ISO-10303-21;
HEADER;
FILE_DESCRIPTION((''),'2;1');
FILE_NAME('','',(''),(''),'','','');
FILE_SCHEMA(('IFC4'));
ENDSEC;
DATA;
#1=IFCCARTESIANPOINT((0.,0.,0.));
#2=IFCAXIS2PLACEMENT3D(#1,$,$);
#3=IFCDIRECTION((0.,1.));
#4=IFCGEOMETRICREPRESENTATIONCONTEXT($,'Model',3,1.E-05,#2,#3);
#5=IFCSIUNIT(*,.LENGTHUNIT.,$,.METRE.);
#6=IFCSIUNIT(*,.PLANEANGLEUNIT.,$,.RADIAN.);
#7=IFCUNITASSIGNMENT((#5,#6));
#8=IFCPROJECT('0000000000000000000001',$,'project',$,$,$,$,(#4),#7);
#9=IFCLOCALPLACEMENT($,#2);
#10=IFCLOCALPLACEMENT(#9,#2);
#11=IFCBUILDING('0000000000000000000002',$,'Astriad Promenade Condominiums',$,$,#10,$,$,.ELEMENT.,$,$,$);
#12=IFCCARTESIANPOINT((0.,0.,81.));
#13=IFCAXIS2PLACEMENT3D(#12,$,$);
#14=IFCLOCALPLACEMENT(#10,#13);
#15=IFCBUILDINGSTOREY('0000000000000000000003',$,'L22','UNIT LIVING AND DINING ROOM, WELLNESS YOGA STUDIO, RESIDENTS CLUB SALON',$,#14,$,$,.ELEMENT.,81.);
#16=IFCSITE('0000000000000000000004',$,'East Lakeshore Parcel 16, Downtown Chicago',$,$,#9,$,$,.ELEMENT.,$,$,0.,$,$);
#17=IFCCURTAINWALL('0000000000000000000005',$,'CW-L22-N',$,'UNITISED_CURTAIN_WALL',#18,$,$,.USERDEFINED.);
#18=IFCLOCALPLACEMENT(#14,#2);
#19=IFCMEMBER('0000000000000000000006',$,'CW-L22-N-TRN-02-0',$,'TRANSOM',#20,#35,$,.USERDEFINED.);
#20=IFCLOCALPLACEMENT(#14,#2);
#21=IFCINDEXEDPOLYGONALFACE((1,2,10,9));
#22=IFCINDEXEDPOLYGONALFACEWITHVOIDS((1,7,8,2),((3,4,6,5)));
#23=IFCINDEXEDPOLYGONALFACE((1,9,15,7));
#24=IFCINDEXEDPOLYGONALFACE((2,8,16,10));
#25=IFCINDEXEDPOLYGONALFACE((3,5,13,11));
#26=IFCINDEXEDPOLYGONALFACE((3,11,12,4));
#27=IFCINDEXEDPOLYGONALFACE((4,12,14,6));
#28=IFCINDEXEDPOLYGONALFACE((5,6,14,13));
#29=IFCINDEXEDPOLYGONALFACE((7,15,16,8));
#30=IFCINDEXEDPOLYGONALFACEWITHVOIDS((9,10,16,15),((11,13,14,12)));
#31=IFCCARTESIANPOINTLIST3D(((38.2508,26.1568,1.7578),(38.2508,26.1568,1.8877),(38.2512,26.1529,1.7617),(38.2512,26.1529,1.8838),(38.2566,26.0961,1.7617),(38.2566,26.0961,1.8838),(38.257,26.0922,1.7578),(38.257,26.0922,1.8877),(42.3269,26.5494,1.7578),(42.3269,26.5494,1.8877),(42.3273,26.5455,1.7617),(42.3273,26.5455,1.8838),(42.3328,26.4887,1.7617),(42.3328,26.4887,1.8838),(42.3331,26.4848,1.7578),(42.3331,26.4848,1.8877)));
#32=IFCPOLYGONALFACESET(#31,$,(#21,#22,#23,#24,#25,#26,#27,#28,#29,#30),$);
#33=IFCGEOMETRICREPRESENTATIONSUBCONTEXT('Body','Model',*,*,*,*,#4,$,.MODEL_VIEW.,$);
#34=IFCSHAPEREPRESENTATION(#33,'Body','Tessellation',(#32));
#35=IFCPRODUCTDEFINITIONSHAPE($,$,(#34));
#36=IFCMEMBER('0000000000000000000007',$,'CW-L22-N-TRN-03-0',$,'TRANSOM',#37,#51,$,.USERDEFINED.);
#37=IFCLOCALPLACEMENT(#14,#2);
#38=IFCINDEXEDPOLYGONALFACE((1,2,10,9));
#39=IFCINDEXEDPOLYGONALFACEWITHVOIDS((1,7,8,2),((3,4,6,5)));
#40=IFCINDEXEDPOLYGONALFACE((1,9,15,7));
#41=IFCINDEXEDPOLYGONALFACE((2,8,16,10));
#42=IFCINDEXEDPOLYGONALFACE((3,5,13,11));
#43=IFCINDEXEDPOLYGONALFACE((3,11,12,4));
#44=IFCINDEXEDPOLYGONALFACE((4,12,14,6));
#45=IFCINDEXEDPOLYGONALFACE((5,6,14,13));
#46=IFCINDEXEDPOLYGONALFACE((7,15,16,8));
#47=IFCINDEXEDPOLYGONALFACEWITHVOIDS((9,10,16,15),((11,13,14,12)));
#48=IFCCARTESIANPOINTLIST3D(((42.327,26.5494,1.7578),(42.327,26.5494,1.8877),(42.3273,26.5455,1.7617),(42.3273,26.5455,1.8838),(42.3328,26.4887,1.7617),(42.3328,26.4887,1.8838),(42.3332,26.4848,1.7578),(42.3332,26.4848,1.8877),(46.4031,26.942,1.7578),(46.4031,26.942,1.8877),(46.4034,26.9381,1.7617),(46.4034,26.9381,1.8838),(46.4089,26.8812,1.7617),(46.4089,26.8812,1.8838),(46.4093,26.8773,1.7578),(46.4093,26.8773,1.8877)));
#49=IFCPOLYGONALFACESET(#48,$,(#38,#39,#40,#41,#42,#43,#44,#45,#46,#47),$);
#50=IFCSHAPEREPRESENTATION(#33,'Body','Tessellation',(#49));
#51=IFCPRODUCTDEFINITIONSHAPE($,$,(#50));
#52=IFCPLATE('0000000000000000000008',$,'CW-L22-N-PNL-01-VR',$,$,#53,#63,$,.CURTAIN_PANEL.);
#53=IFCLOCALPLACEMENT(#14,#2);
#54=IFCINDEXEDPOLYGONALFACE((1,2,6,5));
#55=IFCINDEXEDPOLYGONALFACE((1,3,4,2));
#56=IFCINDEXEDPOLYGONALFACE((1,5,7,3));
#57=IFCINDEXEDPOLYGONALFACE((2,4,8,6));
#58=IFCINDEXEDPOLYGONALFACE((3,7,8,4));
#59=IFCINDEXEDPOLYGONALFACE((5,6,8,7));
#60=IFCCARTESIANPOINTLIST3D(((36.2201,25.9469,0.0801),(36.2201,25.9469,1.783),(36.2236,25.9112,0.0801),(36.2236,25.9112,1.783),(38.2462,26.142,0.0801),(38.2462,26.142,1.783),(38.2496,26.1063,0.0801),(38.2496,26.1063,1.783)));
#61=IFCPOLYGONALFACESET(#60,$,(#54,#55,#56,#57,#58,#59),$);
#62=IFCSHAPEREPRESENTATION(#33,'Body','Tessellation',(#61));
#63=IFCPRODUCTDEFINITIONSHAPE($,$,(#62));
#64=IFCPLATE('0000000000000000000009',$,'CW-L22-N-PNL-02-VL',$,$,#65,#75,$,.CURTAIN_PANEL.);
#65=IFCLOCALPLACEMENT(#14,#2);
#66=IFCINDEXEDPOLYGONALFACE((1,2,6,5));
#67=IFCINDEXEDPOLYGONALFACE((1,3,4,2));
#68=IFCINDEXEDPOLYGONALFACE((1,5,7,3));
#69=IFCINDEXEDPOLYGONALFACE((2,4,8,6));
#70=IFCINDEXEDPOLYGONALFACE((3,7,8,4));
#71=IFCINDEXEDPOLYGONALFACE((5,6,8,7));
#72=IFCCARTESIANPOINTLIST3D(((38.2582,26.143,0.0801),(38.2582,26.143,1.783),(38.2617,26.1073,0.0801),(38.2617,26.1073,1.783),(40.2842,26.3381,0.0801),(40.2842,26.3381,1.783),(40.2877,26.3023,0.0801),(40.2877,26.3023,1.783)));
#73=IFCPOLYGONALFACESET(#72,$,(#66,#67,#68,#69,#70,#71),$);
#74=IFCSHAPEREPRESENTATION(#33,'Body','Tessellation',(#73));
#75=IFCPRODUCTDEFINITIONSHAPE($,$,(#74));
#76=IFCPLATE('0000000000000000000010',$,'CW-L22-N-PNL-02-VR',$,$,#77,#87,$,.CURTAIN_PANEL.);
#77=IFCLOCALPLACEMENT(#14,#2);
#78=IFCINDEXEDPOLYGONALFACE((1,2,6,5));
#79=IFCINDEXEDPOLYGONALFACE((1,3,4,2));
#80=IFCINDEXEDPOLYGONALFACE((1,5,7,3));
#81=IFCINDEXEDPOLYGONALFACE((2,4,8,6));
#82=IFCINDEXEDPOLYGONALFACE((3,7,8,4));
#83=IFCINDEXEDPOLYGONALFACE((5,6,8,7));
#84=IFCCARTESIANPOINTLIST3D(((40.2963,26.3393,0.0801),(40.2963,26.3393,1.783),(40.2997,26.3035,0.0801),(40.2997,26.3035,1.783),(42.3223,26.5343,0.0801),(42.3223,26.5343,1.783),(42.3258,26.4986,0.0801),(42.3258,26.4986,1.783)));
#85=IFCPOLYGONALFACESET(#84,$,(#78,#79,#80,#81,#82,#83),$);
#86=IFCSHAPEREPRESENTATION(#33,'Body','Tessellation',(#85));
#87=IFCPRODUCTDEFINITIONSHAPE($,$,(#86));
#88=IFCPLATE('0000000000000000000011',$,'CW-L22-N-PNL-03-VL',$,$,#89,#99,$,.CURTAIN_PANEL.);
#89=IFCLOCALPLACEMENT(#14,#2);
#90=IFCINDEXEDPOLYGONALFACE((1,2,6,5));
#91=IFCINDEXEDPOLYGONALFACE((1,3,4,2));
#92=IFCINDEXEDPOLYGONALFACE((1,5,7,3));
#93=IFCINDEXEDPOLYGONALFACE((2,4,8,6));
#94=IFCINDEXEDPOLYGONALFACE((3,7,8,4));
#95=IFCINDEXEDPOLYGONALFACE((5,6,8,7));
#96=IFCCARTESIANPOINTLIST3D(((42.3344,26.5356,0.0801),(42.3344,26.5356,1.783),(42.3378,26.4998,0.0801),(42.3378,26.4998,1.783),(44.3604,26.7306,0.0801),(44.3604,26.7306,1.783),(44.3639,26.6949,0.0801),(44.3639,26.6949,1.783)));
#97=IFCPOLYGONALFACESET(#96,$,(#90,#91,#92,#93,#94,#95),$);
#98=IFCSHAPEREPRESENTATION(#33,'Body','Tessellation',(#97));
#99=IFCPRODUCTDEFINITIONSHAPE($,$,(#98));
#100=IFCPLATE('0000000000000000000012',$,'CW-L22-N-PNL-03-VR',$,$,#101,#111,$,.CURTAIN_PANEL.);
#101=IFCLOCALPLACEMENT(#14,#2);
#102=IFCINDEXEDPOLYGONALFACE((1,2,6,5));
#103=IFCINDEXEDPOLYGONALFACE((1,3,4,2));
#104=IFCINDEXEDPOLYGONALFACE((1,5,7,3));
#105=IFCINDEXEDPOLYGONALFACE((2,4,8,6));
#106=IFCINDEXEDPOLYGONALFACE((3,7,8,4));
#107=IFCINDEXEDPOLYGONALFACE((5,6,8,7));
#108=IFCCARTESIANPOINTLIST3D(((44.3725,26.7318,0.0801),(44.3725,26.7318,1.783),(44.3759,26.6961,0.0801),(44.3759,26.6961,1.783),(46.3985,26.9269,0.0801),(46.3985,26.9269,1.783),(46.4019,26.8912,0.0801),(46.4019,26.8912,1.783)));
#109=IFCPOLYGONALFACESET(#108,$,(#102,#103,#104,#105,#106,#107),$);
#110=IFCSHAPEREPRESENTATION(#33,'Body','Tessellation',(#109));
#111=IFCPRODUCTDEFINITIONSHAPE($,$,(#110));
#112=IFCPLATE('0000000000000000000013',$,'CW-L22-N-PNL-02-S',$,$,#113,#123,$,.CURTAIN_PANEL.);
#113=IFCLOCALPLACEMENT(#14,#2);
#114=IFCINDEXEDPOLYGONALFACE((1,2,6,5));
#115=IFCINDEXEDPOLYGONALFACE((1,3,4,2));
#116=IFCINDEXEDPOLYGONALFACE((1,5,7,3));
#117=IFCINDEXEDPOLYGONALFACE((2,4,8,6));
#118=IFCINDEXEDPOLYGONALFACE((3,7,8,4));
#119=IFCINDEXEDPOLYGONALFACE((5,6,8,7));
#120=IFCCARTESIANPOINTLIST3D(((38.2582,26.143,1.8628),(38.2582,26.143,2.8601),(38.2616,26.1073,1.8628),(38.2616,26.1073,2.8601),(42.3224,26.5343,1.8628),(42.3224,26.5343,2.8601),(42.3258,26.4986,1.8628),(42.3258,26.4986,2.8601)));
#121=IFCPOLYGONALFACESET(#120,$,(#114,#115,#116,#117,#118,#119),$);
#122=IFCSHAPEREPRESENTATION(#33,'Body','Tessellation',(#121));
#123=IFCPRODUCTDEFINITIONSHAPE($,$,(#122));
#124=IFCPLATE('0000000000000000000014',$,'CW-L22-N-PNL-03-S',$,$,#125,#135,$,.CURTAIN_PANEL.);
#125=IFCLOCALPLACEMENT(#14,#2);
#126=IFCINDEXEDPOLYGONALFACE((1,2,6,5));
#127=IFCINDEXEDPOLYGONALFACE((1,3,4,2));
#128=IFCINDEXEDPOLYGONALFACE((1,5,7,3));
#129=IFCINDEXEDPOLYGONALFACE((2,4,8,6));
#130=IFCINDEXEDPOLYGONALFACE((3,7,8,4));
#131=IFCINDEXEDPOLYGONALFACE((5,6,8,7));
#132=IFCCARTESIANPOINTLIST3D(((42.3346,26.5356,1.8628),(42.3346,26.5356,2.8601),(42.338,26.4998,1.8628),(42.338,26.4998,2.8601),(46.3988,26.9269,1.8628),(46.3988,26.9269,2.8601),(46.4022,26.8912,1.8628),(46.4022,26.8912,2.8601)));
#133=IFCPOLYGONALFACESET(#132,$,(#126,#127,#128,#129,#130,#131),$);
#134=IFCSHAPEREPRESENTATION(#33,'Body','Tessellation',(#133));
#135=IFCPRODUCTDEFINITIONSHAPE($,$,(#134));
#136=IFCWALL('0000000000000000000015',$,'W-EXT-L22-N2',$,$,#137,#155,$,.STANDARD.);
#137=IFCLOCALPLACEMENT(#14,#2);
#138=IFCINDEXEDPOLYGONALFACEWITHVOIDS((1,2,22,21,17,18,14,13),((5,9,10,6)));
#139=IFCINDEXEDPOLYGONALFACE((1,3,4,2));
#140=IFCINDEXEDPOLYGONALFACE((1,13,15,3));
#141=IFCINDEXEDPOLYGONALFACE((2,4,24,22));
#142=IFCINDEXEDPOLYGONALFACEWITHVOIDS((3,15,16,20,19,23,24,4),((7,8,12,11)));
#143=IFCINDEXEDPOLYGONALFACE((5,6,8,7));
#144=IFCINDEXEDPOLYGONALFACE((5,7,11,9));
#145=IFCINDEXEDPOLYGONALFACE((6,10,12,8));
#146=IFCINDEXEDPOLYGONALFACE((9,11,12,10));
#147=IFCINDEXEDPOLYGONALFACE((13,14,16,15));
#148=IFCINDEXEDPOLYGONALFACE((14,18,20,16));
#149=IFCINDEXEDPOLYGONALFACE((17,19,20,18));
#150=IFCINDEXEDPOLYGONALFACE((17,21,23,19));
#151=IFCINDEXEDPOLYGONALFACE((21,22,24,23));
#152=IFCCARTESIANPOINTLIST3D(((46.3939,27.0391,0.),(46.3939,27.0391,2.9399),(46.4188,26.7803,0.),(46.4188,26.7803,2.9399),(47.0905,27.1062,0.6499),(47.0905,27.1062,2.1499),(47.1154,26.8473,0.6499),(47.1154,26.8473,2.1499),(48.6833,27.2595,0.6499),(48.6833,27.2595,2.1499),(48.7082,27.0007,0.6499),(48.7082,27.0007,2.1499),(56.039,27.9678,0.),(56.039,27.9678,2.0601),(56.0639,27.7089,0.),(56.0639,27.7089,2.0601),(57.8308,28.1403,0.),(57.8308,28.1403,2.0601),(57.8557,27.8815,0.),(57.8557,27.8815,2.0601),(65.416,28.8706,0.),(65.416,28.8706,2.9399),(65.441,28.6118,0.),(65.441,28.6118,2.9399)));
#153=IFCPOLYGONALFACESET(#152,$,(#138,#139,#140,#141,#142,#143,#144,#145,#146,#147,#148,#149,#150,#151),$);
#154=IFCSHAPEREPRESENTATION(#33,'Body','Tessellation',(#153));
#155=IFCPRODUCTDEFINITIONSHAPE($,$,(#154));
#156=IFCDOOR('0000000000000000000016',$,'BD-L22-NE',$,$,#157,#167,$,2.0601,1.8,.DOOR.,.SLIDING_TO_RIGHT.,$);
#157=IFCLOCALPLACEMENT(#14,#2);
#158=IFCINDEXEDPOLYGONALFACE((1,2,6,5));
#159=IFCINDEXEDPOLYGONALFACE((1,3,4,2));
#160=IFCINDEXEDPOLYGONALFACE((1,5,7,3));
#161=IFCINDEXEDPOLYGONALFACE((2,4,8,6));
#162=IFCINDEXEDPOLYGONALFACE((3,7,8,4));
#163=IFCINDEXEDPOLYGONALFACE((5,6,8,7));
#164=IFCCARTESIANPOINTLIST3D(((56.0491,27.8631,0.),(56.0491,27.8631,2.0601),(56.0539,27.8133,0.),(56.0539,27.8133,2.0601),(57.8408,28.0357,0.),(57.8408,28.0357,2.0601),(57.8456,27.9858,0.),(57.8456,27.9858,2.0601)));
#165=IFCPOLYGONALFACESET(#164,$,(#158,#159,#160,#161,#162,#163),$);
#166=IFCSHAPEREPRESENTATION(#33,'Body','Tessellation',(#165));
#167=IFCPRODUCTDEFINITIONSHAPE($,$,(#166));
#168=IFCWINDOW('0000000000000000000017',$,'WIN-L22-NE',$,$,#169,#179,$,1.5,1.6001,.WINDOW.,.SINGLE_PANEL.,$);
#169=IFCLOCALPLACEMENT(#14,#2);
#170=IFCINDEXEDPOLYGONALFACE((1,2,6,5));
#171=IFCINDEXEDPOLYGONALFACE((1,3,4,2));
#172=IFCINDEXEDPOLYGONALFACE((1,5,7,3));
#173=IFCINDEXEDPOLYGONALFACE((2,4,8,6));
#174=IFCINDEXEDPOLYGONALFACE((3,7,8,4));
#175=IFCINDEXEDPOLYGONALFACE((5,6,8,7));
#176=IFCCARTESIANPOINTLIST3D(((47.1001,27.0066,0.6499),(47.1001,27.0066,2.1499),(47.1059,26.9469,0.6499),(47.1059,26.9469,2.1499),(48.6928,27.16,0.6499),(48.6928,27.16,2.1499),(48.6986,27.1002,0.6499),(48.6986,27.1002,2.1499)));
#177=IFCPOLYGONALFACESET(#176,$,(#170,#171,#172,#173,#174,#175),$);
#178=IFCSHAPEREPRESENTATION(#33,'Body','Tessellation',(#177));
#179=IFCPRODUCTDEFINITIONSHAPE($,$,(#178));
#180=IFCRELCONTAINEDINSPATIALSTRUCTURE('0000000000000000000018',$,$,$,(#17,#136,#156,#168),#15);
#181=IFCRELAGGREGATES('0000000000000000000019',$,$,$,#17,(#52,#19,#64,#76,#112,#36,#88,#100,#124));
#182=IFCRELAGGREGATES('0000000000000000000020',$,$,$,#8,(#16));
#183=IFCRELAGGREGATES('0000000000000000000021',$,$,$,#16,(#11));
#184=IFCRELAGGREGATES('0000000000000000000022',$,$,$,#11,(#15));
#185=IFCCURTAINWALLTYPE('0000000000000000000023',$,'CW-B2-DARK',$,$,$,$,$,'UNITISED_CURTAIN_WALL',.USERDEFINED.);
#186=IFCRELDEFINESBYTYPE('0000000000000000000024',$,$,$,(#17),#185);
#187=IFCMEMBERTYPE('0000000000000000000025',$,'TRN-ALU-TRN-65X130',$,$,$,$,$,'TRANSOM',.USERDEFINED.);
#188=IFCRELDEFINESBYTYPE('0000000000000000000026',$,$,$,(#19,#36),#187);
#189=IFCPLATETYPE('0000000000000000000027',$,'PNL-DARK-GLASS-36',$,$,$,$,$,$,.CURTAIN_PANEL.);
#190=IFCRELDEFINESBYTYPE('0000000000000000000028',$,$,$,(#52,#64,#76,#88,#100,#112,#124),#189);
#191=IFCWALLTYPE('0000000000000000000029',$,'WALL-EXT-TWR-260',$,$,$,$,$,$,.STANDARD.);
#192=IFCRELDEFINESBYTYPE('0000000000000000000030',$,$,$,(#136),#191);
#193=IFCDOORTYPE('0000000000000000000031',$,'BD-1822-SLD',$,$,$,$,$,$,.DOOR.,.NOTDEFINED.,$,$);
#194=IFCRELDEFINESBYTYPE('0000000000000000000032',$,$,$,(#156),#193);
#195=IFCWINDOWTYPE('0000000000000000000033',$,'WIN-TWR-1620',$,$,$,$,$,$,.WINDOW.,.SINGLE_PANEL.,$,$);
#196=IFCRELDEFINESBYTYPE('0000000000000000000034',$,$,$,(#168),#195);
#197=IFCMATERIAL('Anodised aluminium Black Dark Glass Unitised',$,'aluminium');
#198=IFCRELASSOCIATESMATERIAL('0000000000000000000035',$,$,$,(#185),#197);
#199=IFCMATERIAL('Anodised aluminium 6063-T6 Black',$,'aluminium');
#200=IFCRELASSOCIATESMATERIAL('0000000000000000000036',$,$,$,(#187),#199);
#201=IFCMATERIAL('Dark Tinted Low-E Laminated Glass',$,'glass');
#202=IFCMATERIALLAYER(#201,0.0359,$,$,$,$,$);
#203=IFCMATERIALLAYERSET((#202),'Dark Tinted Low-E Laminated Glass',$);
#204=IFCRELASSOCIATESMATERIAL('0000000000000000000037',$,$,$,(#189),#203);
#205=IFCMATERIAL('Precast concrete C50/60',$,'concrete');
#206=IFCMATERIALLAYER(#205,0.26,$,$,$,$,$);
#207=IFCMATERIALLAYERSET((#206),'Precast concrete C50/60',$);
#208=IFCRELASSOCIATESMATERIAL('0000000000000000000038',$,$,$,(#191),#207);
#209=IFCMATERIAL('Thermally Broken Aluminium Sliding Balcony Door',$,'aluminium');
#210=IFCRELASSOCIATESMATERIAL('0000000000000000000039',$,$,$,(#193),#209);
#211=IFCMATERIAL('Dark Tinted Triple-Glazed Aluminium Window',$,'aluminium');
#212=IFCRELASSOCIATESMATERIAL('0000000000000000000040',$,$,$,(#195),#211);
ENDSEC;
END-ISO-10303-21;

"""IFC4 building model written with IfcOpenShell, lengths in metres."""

from ifc_helpers import new_model, si_unit, direction, frame, frame_2d, origin, origin_2d, place, context, subcontext, project, spatial, rectangle, hollow_rectangle, extrude, source, transform, mapped, material, layer, layer_set, material_profile, profile_set, type_object, type_shapes, element, fill, aggregate, save


model = new_model("IFC4")

# Units and contexts
model_context = context("Model", 3, precision=1e-05, world=origin(), true_north=direction((0.0, 1.0)))
body_context = subcontext(model_context, "Body", "Model", "MODEL_VIEW")
ifc_project = project(units=[si_unit("LENGTHUNIT", "METRE"), si_unit("PLANEANGLEUNIT", "RADIAN")], contexts=[model_context])

# Site, building, storey
site_placement = place(None, origin())
site = spatial("IfcSite", under=ifc_project, at=site_placement, Name="East Lakeshore Parcel 16, Downtown Chicago", CompositionType="ELEMENT", RefElevation=0.0)
building_placement = place(site_placement, origin())
building = spatial("IfcBuilding", under=site, at=building_placement, Name="Astriad Promenade Condominiums", CompositionType="ELEMENT")
storey_placement = place(building_placement, frame((0.0, 0.0, 81.0)))
storey = spatial("IfcBuildingStorey", under=building, at=storey_placement, Name="L22", Description="UNIT LIVING AND DINING ROOM, WELLNESS YOGA STUDIO, RESIDENTS CLUB SALON", CompositionType="ELEMENT", Elevation=81.0)

# Curtain wall, members, plates
ifc_material_1 = material(Name="Anodised aluminium Black Dark Glass Unitised", Category="aluminium")
curtain_wall_type = type_object("IfcCurtainWallType", Name="CW-B2-DARK", ElementType="UNITISED_CURTAIN_WALL", PredefinedType="USERDEFINED", material=ifc_material_1)
curtain_wall_placement = place(storey_placement, origin())
curtain_wall = element("IfcCurtainWall", 1, at=curtain_wall_placement, inside=storey, type_object=curtain_wall_type, Name="CW-L22-N", ObjectType="UNITISED_CURTAIN_WALL", PredefinedType="USERDEFINED")
ifc_material_2 = material(Name="Anodised aluminium 6063-T6 Black", Category="aluminium")
ifc_material_profile_1 = material_profile(ifc_material_2, hollow_rectangle(XDim=0.0649, YDim=0.1299, WallThickness=0.0039, at=origin_2d()), Name="ALU-TRN-65X130")
ifc_profile_set_1 = profile_set([ifc_material_profile_1], Name="Anodised aluminium 6063-T6 Black")
member_type_1 = type_object("IfcMemberType", Name="TRN-ALU-TRN-65X130", ElementType="TRANSOM", PredefinedType="USERDEFINED", material=ifc_profile_set_1)
shared_shape_1 = source(origin(), body_context, "Body", "SweptSolid", [
    extrude(hollow_rectangle(XDim=0.0649, YDim=0.1299, WallThickness=0.0039, at=origin_2d()), origin(), (0.0, 0.0, 1.0), 4.095),
])
type_shapes(member_type_1, [shared_shape_1])
member_1_placement = place(storey_placement, frame((38.2539, 26.1245, 1.8228), z_axis=(0.995394, 0.095867, 0.0), x_axis=(-0.095867, 0.995394, 0.0)))
member_1 = element("IfcMember", 2, at=member_1_placement, type_object=member_type_1, Name="CW-L22-N-TRN-02-0", ObjectType="TRANSOM", PredefinedType="USERDEFINED", context=body_context, shape_type="MappedRepresentation", body=[
    mapped(shared_shape_1, transform((0.0, 0.0, 0.0), scale=1.0)),
])
member_2_placement = place(storey_placement, frame((42.3301, 26.5171, 1.8228), z_axis=(0.995394, 0.095867, 0.0), x_axis=(-0.095867, 0.995394, 0.0)))
member_2 = element("IfcMember", 3, at=member_2_placement, type_object=member_type_1, Name="CW-L22-N-TRN-03-0", ObjectType="TRANSOM", PredefinedType="USERDEFINED", context=body_context, shape_type="MappedRepresentation", body=[
    mapped(shared_shape_1, transform((0.0, 0.0, 0.0), scale=1.0)),
])
ifc_material_3 = material(Name="Dark Tinted Low-E Laminated Glass", Category="glass")
ifc_layer_1 = layer(ifc_material_3, 0.0359)
ifc_layer_set_1 = layer_set([ifc_layer_1], Name="Dark Tinted Low-E Laminated Glass")
plate_type = type_object("IfcPlateType", Name="PNL-DARK-GLASS-36", PredefinedType="CURTAIN_PANEL", material=ifc_layer_set_1)
shared_shape_2 = source(origin(), body_context, "Body", "SweptSolid", [
    extrude(rectangle(XDim=2.0354, YDim=0.0359, at=origin_2d()), origin(), (0.0, 0.0, 1.0), 1.7029),
])
plate_1_placement = place(storey_placement, frame((37.2349, 26.0266, 0.0801), z_axis=(0.0, 0.0, 1.0), x_axis=(0.995396, 0.095846, 0.0)))
plate_1 = element("IfcPlate", 4, at=plate_1_placement, type_object=plate_type, Name="CW-L22-N-PNL-01-VR", PredefinedType="CURTAIN_PANEL", context=body_context, shape_type="MappedRepresentation", body=[
    mapped(shared_shape_2, transform((0.0, 0.0, 0.0), scale=1.0)),
])
plate_2_placement = place(storey_placement, frame((39.2729, 26.2227, 0.0801), z_axis=(0.0, 0.0, 1.0), x_axis=(0.995396, 0.095846, 0.0)))
plate_2 = element("IfcPlate", 5, at=plate_2_placement, type_object=plate_type, Name="CW-L22-N-PNL-02-VL", PredefinedType="CURTAIN_PANEL", context=body_context, shape_type="MappedRepresentation", body=[
    mapped(shared_shape_2, transform((0.0, 0.0, 0.0), scale=1.0)),
])
plate_3_placement = place(storey_placement, frame((41.311, 26.4189, 0.0801), z_axis=(0.0, 0.0, 1.0), x_axis=(0.995396, 0.095846, 0.0)))
plate_3 = element("IfcPlate", 6, at=plate_3_placement, type_object=plate_type, Name="CW-L22-N-PNL-02-VR", PredefinedType="CURTAIN_PANEL", context=body_context, shape_type="MappedRepresentation", body=[
    mapped(shared_shape_2, transform((0.0, 0.0, 0.0), scale=1.0)),
])
plate_4_placement = place(storey_placement, frame((43.3491, 26.6152, 0.0801), z_axis=(0.0, 0.0, 1.0), x_axis=(0.995396, 0.095846, 0.0)))
plate_4 = element("IfcPlate", 7, at=plate_4_placement, type_object=plate_type, Name="CW-L22-N-PNL-03-VL", PredefinedType="CURTAIN_PANEL", context=body_context, shape_type="MappedRepresentation", body=[
    mapped(shared_shape_2, transform((0.0, 0.0, 0.0), scale=1.0)),
])
plate_5_placement = place(storey_placement, frame((45.3872, 26.8115, 0.0801), z_axis=(0.0, 0.0, 1.0), x_axis=(0.995396, 0.095846, 0.0)))
plate_5 = element("IfcPlate", 8, at=plate_5_placement, type_object=plate_type, Name="CW-L22-N-PNL-03-VR", PredefinedType="CURTAIN_PANEL", context=body_context, shape_type="MappedRepresentation", body=[
    mapped(shared_shape_2, transform((0.0, 0.0, 0.0), scale=1.0)),
])
shared_shape_3 = source(origin(), body_context, "Body", "SweptSolid", [
    extrude(rectangle(XDim=4.083, YDim=0.0359, at=origin_2d()), origin(), (0.0, 0.0, 1.0), 0.9973),
])
type_shapes(plate_type, [shared_shape_2, shared_shape_3])
plate_6_placement = place(storey_placement, frame((40.292, 26.3208, 1.8628), z_axis=(0.0, 0.0, 1.0), x_axis=(0.995396, 0.095846, 0.0)))
plate_6 = element("IfcPlate", 9, at=plate_6_placement, type_object=plate_type, Name="CW-L22-N-PNL-02-S", PredefinedType="CURTAIN_PANEL", context=body_context, shape_type="MappedRepresentation", body=[
    mapped(shared_shape_3, transform((0.0, 0.0, 0.0), scale=1.0)),
])
plate_7_placement = place(storey_placement, frame((44.3684, 26.7134, 1.8628), z_axis=(0.0, 0.0, 1.0), x_axis=(0.995396, 0.095846, 0.0)))
plate_7 = element("IfcPlate", 10, at=plate_7_placement, type_object=plate_type, Name="CW-L22-N-PNL-03-S", PredefinedType="CURTAIN_PANEL", context=body_context, shape_type="MappedRepresentation", body=[
    mapped(shared_shape_3, transform((0.0, 0.0, 0.0), scale=1.0)),
])
aggregate(curtain_wall, [plate_1, member_1, plate_2, plate_3, plate_6, member_2, plate_4, plate_5, plate_7])

# Wall, openings, door, window
ifc_material_4 = material(Name="Precast concrete C50/60", Category="concrete")
ifc_layer_2 = layer(ifc_material_4, 0.26)
ifc_layer_set_2 = layer_set([ifc_layer_2], Name="Precast concrete C50/60")
wall_type = type_object("IfcWallType", Name="WALL-EXT-TWR-260", PredefinedType="STANDARD", material=ifc_layer_set_2)
wall_placement = place(storey_placement, frame((46.4062, 26.9097, 0.0), z_axis=(0.0, 0.0, 1.0), x_axis=(0.995397, 0.095841, 0.0)))
wall = element("IfcWall", 11, at=wall_placement, inside=storey, type_object=wall_type, Name="W-EXT-L22-N2", PredefinedType="STANDARD", context=body_context, shape_type="SweptSolid", body=[
    extrude(rectangle(XDim=19.1101, YDim=0.26, at=frame_2d((9.5552, 0.0))), origin(), (0.0, 0.0, 1.0), 2.9399),
])
opening_1_placement = place(wall_placement, frame((9.6899, 0.0, 0.0)))
opening_1 = element("IfcOpeningElement", 12, at=opening_1_placement, cuts=wall, PredefinedType="OPENING", context=body_context, shape_type="SweptSolid", body=[
    extrude(rectangle(XDim=1.8, YDim=2.0601, at=frame_2d((0.8999, 1.03))), frame((0.0, 0.1399, 0.0), z_axis=(0.0, -1.0, 0.0), x_axis=(1.0, 0.0, 0.0)), (0.0, 0.0, 1.0), 0.28),
])
opening_2_placement = place(wall_placement, frame((0.7, 0.0, 0.6499)))
opening_2 = element("IfcOpeningElement", 13, at=opening_2_placement, cuts=wall, PredefinedType="OPENING", context=body_context, shape_type="SweptSolid", body=[
    extrude(rectangle(XDim=1.6001, YDim=1.5, at=frame_2d((0.8, 0.75))), frame((0.0, 0.1399, 0.0), z_axis=(0.0, -1.0, 0.0), x_axis=(1.0, 0.0, 0.0)), (0.0, 0.0, 1.0), 0.28),
])
ifc_material_5 = material(Name="Thermally Broken Aluminium Sliding Balcony Door", Category="aluminium")
door_type = type_object("IfcDoorType", Name="BD-1822-SLD", OperationType="NOTDEFINED", PredefinedType="DOOR", material=ifc_material_5)
shared_shape_4 = source(origin(), body_context, "Body", "SweptSolid", [
    extrude(rectangle(XDim=1.8, YDim=2.0601, at=frame_2d((0.8999, 1.03))), frame((0.0, 0.0249, 0.0), z_axis=(0.0, -1.0, 0.0), x_axis=(1.0, 0.0, 0.0)), (0.0, 0.0, 1.0), 0.05),
])
type_shapes(door_type, [shared_shape_4])
door_placement = place(opening_1_placement, origin())
door = element("IfcDoor", 14, at=door_placement, inside=storey, type_object=door_type, Name="BD-L22-NE", OperationType="SLIDING_TO_RIGHT", OverallHeight=2.0601, OverallWidth=1.8, PredefinedType="DOOR", context=body_context, shape_type="MappedRepresentation", body=[
    mapped(shared_shape_4, transform((0.0, 0.0, 0.0), scale=1.0)),
])
fill(opening_1, door)
ifc_material_6 = material(Name="Dark Tinted Triple-Glazed Aluminium Window", Category="aluminium")
window_type = type_object("IfcWindowType", Name="WIN-TWR-1620", PartitioningType="SINGLE_PANEL", PredefinedType="WINDOW", material=ifc_material_6)
shared_shape_5 = source(origin(), body_context, "Body", "SweptSolid", [
    extrude(rectangle(XDim=1.6001, YDim=1.5, at=frame_2d((0.8, 0.75))), frame((0.0, 0.03, 0.0), z_axis=(0.0, -1.0, 0.0), x_axis=(1.0, 0.0, 0.0)), (0.0, 0.0, 1.0), 0.0601),
])
type_shapes(window_type, [shared_shape_5])
window_placement = place(opening_2_placement, origin())
window = element("IfcWindow", 15, at=window_placement, inside=storey, type_object=window_type, Name="WIN-L22-NE", OverallHeight=1.5, OverallWidth=1.6001, PartitioningType="SINGLE_PANEL", PredefinedType="WINDOW", context=body_context, shape_type="MappedRepresentation", body=[
    mapped(shared_shape_5, transform((0.0, 0.0, 0.0), scale=1.0)),
])
fill(opening_2, window)

save(model, "model.ifc")
